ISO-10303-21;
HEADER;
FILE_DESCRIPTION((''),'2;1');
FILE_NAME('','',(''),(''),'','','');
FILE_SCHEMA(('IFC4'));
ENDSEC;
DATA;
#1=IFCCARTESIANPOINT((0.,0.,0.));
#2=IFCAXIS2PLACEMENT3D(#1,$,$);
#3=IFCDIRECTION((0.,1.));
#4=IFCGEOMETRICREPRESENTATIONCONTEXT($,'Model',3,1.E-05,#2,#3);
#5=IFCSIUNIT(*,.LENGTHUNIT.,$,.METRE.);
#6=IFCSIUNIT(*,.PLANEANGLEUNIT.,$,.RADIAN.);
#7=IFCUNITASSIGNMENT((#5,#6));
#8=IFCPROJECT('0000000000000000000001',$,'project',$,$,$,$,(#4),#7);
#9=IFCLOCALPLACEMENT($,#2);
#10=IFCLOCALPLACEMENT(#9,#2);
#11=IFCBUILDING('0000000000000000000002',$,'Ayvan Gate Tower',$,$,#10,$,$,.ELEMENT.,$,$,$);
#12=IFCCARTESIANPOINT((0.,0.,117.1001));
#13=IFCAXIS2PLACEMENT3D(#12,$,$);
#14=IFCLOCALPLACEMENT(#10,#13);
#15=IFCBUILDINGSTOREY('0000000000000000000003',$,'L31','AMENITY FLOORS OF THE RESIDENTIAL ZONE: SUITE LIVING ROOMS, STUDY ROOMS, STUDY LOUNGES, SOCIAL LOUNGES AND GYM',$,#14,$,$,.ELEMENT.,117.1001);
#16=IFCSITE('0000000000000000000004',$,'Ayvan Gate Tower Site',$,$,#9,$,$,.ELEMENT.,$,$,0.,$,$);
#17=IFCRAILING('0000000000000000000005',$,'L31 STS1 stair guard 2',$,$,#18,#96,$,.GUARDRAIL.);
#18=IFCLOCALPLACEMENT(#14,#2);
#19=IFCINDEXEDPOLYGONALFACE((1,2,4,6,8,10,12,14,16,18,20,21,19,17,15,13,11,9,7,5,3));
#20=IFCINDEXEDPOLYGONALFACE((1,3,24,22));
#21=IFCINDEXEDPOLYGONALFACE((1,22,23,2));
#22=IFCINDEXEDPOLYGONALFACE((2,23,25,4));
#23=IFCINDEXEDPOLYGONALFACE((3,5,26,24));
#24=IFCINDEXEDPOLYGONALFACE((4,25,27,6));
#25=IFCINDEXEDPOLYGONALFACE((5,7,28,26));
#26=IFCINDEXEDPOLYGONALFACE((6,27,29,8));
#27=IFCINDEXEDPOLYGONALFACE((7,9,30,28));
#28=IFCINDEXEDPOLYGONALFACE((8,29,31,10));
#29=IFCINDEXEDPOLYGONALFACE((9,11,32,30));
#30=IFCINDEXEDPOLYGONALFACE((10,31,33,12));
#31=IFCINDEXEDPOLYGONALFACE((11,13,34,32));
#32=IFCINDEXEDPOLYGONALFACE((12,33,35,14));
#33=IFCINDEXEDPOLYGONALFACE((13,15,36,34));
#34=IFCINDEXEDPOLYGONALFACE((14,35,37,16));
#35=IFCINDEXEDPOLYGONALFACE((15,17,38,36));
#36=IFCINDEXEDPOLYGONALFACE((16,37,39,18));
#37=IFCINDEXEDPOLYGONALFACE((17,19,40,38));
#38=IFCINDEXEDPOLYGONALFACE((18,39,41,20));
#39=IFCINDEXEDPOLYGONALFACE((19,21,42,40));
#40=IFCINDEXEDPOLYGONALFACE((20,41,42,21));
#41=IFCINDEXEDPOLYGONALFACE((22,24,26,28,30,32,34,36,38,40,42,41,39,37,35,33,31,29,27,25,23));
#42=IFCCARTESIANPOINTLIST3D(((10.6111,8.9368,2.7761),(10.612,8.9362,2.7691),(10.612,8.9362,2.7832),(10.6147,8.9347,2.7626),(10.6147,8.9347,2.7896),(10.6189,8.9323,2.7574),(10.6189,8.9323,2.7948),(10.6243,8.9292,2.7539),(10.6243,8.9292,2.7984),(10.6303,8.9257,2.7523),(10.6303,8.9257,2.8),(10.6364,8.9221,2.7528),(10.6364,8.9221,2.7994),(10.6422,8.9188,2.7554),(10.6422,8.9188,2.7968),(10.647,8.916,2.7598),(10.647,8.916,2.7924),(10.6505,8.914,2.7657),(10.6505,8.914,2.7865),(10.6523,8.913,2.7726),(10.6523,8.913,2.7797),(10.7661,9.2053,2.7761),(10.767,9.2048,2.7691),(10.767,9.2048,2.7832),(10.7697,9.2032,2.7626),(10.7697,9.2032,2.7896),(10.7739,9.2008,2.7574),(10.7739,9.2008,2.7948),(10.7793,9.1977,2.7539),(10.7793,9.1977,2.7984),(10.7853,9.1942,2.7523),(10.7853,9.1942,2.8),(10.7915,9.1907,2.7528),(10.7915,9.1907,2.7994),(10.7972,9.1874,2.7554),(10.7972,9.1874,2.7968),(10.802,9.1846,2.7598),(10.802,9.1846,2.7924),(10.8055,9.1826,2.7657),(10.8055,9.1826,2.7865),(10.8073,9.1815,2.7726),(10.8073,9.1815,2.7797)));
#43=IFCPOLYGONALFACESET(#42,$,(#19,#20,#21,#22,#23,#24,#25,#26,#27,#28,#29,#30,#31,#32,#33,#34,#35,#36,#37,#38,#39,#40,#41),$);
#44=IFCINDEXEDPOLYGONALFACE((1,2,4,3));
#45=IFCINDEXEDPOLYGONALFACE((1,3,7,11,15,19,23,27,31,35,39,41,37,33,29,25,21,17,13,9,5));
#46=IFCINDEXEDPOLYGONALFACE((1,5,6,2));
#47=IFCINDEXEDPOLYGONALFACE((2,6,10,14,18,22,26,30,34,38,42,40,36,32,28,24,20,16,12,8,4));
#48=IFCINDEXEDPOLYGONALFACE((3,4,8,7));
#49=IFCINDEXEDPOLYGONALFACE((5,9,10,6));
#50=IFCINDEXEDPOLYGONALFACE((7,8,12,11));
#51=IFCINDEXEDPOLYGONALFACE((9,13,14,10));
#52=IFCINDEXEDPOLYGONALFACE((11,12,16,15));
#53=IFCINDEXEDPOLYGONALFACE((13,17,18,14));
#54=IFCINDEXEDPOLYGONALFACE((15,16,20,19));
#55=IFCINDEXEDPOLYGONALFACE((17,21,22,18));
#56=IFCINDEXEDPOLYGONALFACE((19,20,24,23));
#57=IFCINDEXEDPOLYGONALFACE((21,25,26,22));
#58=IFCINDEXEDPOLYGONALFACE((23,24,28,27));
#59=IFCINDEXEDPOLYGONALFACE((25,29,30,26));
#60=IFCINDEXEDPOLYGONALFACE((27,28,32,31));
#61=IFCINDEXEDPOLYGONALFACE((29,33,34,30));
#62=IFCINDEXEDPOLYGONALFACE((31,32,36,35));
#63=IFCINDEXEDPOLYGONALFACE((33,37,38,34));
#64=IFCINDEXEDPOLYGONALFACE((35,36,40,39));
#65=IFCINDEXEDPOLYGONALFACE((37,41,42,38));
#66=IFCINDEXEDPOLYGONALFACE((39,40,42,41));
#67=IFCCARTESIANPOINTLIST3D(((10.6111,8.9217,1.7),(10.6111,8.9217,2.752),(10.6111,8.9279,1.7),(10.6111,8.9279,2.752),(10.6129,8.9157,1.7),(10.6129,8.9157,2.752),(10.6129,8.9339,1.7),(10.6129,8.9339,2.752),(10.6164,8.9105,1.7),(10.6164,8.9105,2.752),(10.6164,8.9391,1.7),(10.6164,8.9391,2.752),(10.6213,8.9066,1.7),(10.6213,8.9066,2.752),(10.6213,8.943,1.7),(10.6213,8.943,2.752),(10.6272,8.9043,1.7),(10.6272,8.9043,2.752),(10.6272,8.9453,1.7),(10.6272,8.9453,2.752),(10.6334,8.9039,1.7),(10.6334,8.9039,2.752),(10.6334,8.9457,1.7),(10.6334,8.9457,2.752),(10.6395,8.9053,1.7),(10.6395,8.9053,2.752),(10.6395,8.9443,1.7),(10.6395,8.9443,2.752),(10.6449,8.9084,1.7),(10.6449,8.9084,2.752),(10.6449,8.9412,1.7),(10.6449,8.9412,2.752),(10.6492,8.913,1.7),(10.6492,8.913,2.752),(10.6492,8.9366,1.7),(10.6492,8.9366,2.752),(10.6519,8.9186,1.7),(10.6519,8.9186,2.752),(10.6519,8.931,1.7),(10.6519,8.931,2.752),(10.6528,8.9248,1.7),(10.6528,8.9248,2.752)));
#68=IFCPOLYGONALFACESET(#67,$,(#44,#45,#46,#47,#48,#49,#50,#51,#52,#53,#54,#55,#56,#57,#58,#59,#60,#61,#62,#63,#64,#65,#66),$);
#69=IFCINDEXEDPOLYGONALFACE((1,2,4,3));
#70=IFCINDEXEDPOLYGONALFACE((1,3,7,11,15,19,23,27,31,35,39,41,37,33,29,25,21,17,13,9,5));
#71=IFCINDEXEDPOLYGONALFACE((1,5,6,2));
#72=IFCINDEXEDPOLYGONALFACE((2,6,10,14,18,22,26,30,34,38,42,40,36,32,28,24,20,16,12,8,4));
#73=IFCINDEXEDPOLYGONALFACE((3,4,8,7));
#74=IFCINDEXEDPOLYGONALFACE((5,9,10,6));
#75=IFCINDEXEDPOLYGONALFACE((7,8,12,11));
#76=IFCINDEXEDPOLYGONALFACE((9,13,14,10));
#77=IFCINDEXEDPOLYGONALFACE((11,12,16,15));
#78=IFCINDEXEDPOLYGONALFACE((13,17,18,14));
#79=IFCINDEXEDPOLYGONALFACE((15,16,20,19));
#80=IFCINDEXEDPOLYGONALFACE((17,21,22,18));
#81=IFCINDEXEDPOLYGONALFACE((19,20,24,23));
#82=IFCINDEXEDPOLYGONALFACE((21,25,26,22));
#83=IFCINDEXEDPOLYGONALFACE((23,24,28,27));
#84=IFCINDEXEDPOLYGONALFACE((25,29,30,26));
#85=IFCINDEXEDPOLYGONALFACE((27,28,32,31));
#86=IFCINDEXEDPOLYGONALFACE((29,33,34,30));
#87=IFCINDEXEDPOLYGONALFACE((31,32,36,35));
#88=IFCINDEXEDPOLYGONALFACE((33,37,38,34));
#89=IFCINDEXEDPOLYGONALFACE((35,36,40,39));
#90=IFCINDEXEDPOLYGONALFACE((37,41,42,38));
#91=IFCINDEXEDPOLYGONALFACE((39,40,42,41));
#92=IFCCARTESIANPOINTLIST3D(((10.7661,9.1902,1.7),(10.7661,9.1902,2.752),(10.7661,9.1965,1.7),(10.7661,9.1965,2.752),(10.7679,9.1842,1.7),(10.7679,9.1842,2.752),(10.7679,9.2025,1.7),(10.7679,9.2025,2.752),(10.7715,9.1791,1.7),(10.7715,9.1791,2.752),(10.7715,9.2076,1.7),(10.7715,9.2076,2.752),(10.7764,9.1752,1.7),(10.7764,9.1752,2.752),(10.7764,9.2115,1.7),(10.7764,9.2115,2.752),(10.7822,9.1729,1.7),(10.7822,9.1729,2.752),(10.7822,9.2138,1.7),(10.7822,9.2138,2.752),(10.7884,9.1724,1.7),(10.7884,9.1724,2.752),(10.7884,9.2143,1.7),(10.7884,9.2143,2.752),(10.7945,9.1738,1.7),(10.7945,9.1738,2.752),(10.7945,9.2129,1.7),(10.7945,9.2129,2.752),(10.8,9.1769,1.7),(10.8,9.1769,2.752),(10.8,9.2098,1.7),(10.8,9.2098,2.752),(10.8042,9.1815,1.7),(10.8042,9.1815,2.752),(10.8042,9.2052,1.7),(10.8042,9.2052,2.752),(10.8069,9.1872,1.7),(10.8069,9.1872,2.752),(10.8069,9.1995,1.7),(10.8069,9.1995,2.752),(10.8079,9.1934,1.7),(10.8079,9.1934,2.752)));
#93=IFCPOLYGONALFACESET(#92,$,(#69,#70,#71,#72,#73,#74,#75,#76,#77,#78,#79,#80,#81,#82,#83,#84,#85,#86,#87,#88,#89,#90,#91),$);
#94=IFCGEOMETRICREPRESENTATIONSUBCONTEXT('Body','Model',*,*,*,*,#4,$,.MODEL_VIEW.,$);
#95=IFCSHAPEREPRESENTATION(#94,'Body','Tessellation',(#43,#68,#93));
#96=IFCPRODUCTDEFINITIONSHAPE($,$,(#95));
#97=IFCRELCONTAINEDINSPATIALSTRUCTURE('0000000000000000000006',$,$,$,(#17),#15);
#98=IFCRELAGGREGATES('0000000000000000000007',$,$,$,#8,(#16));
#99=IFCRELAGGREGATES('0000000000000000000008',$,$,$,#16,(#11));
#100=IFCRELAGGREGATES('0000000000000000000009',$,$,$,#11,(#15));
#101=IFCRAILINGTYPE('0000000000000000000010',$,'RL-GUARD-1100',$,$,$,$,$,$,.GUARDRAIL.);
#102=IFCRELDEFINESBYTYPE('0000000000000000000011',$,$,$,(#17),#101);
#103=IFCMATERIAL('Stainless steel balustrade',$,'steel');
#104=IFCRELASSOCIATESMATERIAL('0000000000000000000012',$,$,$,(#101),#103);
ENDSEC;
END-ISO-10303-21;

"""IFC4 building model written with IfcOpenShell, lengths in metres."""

from ifc_helpers import new_model, si_unit, direction, frame, origin, origin_2d, place, context, subcontext, project, spatial, circle, extrude, material, type_object, element, save


model = new_model("IFC4")

# Units and contexts
model_context = context("Model", 3, precision=1e-05, world=origin(), true_north=direction((0.0, 1.0)))
body_context = subcontext(model_context, "Body", "Model", "MODEL_VIEW")
ifc_project = project(units=[si_unit("LENGTHUNIT", "METRE"), si_unit("PLANEANGLEUNIT", "RADIAN")], contexts=[model_context])

# Site, building, storey
site_placement = place(None, origin())
site = spatial("IfcSite", under=ifc_project, at=site_placement, Name="Ayvan Gate Tower Site", CompositionType="ELEMENT", RefElevation=0.0)
building_placement = place(site_placement, origin())
building = spatial("IfcBuilding", under=site, at=building_placement, Name="Ayvan Gate Tower", CompositionType="ELEMENT")
storey_placement = place(building_placement, frame((0.0, 0.0, 117.1001)))
storey = spatial("IfcBuildingStorey", under=building, at=storey_placement, Name="L31", Description="AMENITY FLOORS OF THE RESIDENTIAL ZONE: SUITE LIVING ROOMS, STUDY ROOMS, STUDY LOUNGES, SOCIAL LOUNGES AND GYM", CompositionType="ELEMENT", Elevation=117.1001)

# Railing
ifc_material_1 = material(Name="Stainless steel balustrade", Category="steel")
railing_type_1 = type_object("IfcRailingType", Name="RL-GUARD-1100", PredefinedType="GUARDRAIL", material=ifc_material_1)
railing_1_placement = place(storey_placement, frame((10.6318, 8.9248, 1.7)))
element("IfcRailing", 1, at=railing_1_placement, inside=storey, type_object=railing_type_1, Name="L31 STS1 stair guard 2", PredefinedType="GUARDRAIL", context=body_context, shape_type="SweptSolid", body=[
    extrude(circle(Radius=0.0239, at=origin_2d()), frame((0.0, 0.0, 1.0762), z_axis=(0.49995, 0.866054, 0.0), x_axis=(-0.866054, 0.49995, 0.0)), (0.0, 0.0, 1.0), 0.3101),
    extrude(circle(Radius=0.021, at=origin_2d()), origin(), (0.0, 0.0, 1.0), 1.052),
    extrude(circle(Radius=0.021, at=origin_2d()), frame((0.155, 0.2686, 0.0)), (0.0, 0.0, 1.0), 1.052),
])

save(model, "model.ifc")
